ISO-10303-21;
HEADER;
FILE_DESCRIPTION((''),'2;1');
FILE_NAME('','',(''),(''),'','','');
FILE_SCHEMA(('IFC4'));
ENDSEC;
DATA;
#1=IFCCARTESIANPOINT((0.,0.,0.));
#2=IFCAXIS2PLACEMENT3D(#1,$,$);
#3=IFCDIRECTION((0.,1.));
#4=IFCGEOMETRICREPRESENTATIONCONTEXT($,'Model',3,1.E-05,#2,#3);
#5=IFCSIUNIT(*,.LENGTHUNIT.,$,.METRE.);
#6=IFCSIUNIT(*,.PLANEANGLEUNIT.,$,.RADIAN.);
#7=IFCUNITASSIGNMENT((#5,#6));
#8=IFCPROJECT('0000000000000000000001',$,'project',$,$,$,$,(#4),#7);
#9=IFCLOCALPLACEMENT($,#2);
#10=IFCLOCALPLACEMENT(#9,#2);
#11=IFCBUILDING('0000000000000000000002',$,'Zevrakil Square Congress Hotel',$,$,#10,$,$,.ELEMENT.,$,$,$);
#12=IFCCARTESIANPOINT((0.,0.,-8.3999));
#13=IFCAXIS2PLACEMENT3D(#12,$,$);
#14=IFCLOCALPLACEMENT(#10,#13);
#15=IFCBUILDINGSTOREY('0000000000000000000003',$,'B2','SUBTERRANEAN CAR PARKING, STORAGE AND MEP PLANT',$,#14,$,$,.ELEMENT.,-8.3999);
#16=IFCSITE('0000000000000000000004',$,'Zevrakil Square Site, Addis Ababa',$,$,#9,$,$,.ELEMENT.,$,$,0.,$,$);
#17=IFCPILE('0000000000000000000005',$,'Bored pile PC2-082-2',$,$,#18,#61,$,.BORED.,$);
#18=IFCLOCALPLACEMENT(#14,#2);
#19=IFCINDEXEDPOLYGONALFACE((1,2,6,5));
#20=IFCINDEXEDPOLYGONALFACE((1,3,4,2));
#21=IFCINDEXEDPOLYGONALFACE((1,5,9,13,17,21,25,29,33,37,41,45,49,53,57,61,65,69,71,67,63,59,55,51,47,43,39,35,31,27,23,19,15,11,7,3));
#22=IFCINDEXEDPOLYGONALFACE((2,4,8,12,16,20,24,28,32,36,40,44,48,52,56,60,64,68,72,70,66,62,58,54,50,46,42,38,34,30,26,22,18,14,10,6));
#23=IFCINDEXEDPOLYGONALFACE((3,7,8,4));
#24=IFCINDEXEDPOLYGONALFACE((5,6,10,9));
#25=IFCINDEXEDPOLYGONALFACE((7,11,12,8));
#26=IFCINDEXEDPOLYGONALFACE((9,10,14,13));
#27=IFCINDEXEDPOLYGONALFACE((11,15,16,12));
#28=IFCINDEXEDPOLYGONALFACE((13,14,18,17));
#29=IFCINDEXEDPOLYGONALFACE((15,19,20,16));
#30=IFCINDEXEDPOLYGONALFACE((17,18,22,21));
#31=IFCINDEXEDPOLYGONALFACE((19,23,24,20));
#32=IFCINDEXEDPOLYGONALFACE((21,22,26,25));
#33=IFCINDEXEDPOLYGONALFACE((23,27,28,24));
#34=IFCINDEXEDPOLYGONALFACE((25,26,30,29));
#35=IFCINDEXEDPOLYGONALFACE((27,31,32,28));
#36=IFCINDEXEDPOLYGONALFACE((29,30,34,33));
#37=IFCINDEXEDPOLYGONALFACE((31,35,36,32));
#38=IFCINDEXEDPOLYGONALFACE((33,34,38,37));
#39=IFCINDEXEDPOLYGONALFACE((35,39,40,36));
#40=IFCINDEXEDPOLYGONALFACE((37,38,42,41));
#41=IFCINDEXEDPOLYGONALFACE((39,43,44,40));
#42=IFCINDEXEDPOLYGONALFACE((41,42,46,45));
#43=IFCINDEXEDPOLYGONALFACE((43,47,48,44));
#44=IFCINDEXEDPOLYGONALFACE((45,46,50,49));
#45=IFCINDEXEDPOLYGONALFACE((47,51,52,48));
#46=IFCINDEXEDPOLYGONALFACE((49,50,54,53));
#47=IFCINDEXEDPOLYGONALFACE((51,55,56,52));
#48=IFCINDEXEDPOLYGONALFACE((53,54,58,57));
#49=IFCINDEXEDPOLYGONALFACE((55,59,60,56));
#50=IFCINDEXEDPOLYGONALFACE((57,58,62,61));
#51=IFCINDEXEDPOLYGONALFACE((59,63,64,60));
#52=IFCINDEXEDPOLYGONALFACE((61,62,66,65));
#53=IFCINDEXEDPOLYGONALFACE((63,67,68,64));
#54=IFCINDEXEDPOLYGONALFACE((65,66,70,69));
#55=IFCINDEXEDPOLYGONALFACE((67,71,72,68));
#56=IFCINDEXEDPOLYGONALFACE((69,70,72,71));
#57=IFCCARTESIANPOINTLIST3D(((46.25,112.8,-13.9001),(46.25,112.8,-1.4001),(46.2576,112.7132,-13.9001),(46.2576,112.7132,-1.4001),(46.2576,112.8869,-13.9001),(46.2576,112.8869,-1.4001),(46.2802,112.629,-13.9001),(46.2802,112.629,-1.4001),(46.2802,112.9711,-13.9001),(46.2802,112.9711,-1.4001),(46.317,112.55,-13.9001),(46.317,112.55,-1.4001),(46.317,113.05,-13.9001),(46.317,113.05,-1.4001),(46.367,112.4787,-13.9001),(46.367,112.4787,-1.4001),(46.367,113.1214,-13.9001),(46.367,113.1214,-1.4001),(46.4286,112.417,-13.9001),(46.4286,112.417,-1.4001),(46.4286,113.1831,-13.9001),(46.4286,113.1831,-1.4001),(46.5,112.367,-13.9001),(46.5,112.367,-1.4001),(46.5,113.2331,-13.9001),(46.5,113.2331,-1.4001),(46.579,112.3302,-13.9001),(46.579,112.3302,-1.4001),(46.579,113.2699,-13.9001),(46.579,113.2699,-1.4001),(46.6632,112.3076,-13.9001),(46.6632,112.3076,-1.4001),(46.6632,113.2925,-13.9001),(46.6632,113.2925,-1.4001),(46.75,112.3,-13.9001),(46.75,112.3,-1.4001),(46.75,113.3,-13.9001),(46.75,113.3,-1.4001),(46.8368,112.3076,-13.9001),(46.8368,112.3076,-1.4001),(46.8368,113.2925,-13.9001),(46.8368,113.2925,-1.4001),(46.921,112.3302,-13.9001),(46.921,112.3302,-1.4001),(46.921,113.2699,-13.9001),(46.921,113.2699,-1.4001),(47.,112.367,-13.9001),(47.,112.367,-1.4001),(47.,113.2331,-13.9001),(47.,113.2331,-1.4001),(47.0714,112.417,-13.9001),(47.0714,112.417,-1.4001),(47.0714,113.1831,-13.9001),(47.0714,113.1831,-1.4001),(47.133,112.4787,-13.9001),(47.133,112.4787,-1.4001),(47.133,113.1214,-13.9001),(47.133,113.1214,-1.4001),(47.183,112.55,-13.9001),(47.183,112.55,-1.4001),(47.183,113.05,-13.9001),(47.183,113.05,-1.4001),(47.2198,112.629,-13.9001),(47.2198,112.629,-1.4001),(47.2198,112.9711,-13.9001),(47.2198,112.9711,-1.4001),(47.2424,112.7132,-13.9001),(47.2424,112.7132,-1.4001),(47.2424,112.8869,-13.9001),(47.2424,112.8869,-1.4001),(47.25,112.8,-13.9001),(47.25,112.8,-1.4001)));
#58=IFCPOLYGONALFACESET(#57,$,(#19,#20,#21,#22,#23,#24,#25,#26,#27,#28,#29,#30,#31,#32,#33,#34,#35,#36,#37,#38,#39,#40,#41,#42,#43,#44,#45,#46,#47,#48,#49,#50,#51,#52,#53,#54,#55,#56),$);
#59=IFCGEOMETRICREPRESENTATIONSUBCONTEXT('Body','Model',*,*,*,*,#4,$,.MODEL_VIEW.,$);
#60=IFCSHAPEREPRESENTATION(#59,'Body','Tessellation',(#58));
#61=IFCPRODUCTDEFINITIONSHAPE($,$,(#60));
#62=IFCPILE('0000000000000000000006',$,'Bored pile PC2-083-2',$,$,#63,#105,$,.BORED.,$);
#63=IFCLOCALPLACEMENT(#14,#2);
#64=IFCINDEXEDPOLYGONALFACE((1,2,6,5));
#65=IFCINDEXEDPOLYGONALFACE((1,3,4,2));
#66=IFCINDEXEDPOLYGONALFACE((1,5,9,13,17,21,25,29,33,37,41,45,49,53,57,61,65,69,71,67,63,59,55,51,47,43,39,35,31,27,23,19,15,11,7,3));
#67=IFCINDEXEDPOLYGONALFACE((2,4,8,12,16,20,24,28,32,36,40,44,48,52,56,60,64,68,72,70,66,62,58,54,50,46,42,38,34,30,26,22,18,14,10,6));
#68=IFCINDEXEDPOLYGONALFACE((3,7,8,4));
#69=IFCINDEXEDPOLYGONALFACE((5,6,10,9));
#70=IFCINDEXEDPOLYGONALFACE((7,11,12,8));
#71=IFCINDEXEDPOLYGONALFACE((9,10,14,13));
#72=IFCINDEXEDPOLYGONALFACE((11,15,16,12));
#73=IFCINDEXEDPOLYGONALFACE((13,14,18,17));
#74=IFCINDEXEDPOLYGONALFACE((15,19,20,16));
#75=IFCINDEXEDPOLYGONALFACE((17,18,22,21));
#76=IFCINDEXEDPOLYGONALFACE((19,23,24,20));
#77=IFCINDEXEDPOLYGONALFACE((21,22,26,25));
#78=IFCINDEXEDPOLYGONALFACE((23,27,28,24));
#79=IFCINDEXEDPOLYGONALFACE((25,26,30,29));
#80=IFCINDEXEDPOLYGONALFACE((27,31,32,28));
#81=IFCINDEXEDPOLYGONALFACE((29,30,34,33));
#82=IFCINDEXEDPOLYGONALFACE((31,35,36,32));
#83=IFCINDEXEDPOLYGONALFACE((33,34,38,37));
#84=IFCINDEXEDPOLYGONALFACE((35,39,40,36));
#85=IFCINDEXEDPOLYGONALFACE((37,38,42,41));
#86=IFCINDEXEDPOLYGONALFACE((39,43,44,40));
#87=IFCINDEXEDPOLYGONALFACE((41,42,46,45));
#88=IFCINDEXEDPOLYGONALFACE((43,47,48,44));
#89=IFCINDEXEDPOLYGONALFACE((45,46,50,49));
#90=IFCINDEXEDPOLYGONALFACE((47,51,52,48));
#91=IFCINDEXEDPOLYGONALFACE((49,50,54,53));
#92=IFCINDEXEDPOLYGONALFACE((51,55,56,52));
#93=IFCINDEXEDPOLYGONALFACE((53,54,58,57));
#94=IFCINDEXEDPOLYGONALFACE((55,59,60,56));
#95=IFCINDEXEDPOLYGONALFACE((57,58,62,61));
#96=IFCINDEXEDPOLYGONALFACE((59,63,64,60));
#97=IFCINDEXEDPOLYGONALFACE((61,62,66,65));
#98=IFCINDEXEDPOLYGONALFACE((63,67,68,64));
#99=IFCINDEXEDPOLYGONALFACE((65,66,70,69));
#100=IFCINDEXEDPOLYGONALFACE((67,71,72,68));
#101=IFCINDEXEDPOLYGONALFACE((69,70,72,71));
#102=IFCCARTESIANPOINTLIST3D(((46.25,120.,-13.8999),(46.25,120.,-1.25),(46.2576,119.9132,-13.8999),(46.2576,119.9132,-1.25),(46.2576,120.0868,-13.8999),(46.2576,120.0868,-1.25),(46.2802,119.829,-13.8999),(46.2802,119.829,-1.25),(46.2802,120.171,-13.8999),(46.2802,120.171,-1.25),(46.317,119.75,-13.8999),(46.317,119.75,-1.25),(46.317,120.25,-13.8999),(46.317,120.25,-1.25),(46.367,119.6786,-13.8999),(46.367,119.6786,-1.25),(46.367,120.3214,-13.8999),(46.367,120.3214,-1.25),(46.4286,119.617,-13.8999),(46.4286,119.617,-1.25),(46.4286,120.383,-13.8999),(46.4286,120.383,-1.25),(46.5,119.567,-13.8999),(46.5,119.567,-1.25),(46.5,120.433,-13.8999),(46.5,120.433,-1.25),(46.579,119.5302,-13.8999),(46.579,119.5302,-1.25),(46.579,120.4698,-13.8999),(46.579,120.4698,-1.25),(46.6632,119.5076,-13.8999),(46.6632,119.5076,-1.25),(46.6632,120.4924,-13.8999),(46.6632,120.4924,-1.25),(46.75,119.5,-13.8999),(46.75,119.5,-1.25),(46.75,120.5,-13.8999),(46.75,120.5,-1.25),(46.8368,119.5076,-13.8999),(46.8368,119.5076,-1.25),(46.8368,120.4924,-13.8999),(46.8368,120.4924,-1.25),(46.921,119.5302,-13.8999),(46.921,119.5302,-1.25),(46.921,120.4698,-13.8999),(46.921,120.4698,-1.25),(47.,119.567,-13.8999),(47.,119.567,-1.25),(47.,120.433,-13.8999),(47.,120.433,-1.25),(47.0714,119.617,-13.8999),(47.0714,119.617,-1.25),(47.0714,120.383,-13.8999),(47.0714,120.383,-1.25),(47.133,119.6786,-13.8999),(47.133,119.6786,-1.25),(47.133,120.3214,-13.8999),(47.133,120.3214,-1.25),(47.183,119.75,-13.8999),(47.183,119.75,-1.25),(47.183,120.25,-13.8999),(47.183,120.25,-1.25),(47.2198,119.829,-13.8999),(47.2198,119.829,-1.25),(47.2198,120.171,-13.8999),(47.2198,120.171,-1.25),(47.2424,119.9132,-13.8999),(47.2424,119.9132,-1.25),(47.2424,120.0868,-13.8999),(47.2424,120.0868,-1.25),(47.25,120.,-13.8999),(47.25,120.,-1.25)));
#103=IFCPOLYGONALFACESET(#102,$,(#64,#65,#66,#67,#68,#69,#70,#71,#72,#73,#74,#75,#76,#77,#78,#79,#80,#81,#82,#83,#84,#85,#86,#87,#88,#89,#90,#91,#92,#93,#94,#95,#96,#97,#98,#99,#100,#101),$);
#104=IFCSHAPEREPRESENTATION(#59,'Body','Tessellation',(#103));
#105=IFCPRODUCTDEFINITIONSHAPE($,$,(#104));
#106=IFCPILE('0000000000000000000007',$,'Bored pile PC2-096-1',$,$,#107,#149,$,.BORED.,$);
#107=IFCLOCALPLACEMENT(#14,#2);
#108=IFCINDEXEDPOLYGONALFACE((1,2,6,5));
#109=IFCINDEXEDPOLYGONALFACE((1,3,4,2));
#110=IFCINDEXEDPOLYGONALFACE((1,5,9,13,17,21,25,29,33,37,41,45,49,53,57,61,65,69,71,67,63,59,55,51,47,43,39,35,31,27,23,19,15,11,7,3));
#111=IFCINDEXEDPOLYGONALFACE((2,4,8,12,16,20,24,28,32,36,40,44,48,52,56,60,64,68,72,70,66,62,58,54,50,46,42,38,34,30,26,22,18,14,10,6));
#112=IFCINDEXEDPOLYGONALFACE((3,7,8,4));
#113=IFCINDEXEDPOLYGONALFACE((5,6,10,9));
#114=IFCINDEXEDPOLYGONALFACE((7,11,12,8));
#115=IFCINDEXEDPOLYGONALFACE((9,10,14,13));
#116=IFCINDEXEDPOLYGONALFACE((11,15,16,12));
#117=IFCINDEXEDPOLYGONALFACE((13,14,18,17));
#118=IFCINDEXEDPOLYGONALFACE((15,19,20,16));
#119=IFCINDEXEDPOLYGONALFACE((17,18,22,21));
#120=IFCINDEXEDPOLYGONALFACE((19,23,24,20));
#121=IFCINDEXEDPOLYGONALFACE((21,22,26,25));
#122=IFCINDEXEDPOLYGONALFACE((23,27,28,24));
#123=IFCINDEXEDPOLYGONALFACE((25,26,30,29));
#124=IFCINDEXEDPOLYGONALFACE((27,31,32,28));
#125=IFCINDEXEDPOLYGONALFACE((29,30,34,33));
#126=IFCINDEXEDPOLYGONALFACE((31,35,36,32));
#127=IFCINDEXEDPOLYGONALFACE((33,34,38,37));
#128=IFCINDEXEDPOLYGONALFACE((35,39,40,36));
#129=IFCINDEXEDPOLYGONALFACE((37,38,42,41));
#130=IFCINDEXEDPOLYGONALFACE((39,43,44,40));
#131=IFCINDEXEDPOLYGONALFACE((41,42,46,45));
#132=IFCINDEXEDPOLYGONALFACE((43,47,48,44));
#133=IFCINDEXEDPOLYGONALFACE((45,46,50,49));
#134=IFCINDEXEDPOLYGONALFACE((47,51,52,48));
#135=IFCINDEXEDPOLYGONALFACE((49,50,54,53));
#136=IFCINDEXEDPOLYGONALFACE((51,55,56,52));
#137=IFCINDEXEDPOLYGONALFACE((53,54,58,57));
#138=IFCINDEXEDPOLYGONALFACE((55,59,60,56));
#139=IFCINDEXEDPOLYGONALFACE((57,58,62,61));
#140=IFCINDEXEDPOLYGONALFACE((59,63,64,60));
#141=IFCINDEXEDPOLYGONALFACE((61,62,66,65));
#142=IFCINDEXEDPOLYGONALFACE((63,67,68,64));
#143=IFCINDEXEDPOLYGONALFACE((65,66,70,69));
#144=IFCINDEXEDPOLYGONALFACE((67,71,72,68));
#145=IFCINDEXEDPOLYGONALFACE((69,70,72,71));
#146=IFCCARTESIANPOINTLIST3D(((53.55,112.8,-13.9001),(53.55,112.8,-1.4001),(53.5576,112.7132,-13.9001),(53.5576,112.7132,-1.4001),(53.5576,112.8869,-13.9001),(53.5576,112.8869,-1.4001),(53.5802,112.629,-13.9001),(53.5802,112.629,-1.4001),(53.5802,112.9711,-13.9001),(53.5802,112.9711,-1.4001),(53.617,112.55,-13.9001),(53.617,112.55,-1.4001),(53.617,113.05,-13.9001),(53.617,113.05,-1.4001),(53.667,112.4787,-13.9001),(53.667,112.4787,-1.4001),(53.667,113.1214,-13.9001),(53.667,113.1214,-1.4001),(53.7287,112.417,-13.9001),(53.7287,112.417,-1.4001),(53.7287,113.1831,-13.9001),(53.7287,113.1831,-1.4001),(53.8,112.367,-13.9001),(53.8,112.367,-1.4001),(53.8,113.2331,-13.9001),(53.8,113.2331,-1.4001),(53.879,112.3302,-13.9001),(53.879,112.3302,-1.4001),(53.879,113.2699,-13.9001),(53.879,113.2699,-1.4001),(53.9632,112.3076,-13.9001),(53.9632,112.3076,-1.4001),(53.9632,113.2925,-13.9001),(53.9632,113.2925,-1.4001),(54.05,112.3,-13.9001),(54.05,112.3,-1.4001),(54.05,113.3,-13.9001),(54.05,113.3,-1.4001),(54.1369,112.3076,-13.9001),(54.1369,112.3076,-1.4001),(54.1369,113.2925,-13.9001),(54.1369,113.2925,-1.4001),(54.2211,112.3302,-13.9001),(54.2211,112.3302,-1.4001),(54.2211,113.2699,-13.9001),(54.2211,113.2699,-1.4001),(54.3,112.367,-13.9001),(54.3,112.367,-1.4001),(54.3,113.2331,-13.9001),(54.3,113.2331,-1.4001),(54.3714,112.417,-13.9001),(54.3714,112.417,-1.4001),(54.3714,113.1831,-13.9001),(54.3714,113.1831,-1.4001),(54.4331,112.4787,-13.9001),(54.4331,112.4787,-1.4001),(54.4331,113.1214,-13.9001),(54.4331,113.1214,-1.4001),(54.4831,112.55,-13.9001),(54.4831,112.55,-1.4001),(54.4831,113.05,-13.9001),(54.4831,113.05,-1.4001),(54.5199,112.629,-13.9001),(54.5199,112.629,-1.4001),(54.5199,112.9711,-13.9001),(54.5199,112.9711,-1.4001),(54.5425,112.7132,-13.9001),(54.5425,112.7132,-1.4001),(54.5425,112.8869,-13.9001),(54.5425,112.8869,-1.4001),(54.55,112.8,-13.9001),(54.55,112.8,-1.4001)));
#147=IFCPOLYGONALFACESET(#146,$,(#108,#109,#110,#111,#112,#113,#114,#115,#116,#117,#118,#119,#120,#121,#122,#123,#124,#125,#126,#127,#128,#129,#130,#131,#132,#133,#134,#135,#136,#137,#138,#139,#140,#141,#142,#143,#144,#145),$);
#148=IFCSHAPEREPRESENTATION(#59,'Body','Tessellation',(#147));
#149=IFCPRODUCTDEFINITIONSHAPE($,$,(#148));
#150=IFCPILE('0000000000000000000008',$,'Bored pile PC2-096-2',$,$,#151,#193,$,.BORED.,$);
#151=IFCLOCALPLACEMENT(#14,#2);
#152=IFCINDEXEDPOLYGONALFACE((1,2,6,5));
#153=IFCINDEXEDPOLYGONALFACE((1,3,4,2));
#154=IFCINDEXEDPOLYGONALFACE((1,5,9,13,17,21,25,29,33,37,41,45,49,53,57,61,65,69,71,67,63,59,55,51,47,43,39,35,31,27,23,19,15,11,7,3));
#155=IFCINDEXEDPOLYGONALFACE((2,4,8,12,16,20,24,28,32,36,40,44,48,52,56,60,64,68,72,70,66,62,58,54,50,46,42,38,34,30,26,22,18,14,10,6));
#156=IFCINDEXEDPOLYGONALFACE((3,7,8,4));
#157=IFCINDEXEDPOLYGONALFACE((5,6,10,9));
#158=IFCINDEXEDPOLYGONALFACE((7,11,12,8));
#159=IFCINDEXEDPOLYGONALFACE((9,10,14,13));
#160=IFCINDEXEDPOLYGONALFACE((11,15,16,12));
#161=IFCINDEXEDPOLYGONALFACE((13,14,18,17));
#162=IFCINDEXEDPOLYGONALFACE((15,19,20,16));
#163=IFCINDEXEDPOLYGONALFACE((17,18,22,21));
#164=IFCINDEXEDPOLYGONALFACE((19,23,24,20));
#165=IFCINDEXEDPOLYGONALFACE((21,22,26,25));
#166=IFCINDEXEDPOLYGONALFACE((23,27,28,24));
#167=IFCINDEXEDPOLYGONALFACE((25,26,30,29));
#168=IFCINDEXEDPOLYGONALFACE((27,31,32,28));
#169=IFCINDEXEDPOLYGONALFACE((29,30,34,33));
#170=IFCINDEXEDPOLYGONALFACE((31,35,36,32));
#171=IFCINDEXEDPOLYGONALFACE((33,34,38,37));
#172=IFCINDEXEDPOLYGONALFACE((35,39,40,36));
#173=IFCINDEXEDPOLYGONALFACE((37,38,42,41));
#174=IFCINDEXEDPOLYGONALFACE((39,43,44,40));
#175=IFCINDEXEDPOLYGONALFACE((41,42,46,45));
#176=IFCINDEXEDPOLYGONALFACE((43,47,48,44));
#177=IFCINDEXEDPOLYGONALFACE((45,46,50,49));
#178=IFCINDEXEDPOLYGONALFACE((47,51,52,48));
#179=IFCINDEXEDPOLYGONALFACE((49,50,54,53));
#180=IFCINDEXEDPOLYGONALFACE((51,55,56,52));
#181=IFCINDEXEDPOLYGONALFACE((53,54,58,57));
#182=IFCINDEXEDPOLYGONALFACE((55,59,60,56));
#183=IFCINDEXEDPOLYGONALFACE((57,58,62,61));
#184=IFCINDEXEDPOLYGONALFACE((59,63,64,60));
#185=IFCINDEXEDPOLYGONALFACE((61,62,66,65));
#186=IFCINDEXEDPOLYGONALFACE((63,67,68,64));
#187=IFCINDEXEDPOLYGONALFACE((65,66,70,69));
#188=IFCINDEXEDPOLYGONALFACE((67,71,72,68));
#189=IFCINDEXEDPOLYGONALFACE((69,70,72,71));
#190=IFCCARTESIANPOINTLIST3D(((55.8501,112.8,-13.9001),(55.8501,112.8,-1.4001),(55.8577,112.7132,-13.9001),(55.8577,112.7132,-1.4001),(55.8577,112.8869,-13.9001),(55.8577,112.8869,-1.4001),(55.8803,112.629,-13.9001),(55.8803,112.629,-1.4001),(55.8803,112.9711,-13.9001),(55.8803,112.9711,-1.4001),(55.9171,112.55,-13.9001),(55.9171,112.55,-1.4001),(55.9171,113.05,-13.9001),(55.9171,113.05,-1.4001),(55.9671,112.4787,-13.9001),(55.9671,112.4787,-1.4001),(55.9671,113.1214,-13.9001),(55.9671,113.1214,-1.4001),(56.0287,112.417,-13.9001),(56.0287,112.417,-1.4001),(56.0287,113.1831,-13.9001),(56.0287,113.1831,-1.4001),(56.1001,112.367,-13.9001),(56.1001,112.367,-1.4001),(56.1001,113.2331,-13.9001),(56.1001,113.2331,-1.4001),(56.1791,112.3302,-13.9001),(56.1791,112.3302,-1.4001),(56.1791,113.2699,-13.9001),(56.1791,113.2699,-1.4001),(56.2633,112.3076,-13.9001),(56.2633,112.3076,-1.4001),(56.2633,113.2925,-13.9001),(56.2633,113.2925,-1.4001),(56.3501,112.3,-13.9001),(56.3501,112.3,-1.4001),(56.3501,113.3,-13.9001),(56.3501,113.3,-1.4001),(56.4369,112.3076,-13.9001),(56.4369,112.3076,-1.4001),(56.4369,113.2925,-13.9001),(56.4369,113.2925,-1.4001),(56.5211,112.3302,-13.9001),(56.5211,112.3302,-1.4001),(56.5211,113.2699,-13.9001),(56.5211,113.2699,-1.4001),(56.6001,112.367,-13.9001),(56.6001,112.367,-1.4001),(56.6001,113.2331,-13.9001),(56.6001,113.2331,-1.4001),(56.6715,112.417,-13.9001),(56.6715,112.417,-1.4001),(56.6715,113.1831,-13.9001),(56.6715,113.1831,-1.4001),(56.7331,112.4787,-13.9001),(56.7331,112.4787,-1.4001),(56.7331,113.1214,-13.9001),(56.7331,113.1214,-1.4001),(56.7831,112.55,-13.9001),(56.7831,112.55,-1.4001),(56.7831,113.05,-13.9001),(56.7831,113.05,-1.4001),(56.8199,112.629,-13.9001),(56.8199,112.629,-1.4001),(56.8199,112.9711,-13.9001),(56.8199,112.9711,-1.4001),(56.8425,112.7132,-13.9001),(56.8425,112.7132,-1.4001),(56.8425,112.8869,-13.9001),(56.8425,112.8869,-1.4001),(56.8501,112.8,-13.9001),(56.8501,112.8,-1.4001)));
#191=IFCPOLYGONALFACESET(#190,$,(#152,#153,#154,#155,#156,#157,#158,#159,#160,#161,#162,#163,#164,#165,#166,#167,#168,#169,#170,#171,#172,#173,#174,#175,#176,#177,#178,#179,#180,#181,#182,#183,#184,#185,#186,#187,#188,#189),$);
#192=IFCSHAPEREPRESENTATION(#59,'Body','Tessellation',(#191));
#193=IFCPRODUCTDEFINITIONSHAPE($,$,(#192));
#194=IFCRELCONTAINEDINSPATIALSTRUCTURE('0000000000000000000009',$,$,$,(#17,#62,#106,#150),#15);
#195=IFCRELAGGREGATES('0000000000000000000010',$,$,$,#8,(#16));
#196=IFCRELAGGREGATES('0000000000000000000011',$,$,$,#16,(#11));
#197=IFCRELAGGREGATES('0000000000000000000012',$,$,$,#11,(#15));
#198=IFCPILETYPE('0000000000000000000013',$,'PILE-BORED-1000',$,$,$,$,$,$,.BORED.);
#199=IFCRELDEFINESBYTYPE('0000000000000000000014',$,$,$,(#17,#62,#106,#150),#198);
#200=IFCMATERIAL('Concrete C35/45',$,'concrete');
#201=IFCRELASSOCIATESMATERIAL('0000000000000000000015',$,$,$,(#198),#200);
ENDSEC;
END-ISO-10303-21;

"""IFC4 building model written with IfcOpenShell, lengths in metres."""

from ifc_helpers import new_model, si_unit, direction, frame, origin, origin_2d, place, context, subcontext, project, spatial, circle, extrude, material, material_profile, profile_set, type_object, element, save


model = new_model("IFC4")

# Units and contexts
model_context = context("Model", 3, precision=1e-05, world=origin(), true_north=direction((0.0, 1.0)))
body_context = subcontext(model_context, "Body", "Model", "MODEL_VIEW")
ifc_project = project(units=[si_unit("LENGTHUNIT", "METRE"), si_unit("PLANEANGLEUNIT", "RADIAN")], contexts=[model_context])

# Site, building, storey
site_placement = place(None, origin())
site = spatial("IfcSite", under=ifc_project, at=site_placement, Name="Zevrakil Square Site, Addis Ababa", CompositionType="ELEMENT", RefElevation=0.0)
building_placement = place(site_placement, origin())
building = spatial("IfcBuilding", under=site, at=building_placement, Name="Zevrakil Square Congress Hotel", CompositionType="ELEMENT")
storey_placement = place(building_placement, frame((0.0, 0.0, -8.3999)))
storey = spatial("IfcBuildingStorey", under=building, at=storey_placement, Name="B2", Description="SUBTERRANEAN CAR PARKING, STORAGE AND MEP PLANT", CompositionType="ELEMENT", Elevation=-8.3999)

# Piles
ifc_material_1 = material(Name="Concrete C35/45", Category="concrete")
ifc_material_profile_1 = material_profile(ifc_material_1, circle(Radius=0.5, at=origin_2d()), Name="PILE D1000")
ifc_profile_set_1 = profile_set([ifc_material_profile_1], Name="Concrete C35/45")
pile_type = type_object("IfcPileType", Name="PILE-BORED-1000", PredefinedType="BORED", material=ifc_profile_set_1)
pile_1_placement = place(storey_placement, frame((46.75, 112.8, -1.4001), z_axis=(0.0, 0.0, -1.0), x_axis=(1.0, 0.0, 0.0)))
element("IfcPile", 1, at=pile_1_placement, inside=storey, type_object=pile_type, Name="Bored pile PC2-082-2", PredefinedType="BORED", context=body_context, shape_type="SweptSolid", body=[
    extrude(circle(Radius=0.5, at=origin_2d()), origin(), (0.0, 0.0, 1.0), 12.5),
])
pile_2_placement = place(storey_placement, frame((46.75, 120.0, -1.25), z_axis=(0.0, 0.0, -1.0), x_axis=(1.0, 0.0, 0.0)))
element("IfcPile", 2, at=pile_2_placement, inside=storey, type_object=pile_type, Name="Bored pile PC2-083-2", PredefinedType="BORED", context=body_context, shape_type="SweptSolid", body=[
    extrude(circle(Radius=0.5, at=origin_2d()), origin(), (0.0, 0.0, 1.0), 12.6499),
])
for number, where, z_axis, x_axis, name in (
    (3, (54.05, 112.8, -1.4001), (0.0, 0.0, -1.0), (1.0, 0.0, 0.0), "Bored pile PC2-096-1"),
    (4, (56.3501, 112.8, -1.4001), (0.0, 0.0, -1.0), (1.0, 0.0, 0.0), "Bored pile PC2-096-2"),
):
    element("IfcPile", number, at=place(storey_placement, frame(where, z_axis=z_axis, x_axis=x_axis)), inside=storey, type_object=pile_type, Name=name, PredefinedType="BORED", context=body_context, shape_type="SweptSolid", body=[
        extrude(circle(Radius=0.5, at=origin_2d()), origin(), (0.0, 0.0, 1.0), 12.5),
    ])

save(model, "model.ifc")
